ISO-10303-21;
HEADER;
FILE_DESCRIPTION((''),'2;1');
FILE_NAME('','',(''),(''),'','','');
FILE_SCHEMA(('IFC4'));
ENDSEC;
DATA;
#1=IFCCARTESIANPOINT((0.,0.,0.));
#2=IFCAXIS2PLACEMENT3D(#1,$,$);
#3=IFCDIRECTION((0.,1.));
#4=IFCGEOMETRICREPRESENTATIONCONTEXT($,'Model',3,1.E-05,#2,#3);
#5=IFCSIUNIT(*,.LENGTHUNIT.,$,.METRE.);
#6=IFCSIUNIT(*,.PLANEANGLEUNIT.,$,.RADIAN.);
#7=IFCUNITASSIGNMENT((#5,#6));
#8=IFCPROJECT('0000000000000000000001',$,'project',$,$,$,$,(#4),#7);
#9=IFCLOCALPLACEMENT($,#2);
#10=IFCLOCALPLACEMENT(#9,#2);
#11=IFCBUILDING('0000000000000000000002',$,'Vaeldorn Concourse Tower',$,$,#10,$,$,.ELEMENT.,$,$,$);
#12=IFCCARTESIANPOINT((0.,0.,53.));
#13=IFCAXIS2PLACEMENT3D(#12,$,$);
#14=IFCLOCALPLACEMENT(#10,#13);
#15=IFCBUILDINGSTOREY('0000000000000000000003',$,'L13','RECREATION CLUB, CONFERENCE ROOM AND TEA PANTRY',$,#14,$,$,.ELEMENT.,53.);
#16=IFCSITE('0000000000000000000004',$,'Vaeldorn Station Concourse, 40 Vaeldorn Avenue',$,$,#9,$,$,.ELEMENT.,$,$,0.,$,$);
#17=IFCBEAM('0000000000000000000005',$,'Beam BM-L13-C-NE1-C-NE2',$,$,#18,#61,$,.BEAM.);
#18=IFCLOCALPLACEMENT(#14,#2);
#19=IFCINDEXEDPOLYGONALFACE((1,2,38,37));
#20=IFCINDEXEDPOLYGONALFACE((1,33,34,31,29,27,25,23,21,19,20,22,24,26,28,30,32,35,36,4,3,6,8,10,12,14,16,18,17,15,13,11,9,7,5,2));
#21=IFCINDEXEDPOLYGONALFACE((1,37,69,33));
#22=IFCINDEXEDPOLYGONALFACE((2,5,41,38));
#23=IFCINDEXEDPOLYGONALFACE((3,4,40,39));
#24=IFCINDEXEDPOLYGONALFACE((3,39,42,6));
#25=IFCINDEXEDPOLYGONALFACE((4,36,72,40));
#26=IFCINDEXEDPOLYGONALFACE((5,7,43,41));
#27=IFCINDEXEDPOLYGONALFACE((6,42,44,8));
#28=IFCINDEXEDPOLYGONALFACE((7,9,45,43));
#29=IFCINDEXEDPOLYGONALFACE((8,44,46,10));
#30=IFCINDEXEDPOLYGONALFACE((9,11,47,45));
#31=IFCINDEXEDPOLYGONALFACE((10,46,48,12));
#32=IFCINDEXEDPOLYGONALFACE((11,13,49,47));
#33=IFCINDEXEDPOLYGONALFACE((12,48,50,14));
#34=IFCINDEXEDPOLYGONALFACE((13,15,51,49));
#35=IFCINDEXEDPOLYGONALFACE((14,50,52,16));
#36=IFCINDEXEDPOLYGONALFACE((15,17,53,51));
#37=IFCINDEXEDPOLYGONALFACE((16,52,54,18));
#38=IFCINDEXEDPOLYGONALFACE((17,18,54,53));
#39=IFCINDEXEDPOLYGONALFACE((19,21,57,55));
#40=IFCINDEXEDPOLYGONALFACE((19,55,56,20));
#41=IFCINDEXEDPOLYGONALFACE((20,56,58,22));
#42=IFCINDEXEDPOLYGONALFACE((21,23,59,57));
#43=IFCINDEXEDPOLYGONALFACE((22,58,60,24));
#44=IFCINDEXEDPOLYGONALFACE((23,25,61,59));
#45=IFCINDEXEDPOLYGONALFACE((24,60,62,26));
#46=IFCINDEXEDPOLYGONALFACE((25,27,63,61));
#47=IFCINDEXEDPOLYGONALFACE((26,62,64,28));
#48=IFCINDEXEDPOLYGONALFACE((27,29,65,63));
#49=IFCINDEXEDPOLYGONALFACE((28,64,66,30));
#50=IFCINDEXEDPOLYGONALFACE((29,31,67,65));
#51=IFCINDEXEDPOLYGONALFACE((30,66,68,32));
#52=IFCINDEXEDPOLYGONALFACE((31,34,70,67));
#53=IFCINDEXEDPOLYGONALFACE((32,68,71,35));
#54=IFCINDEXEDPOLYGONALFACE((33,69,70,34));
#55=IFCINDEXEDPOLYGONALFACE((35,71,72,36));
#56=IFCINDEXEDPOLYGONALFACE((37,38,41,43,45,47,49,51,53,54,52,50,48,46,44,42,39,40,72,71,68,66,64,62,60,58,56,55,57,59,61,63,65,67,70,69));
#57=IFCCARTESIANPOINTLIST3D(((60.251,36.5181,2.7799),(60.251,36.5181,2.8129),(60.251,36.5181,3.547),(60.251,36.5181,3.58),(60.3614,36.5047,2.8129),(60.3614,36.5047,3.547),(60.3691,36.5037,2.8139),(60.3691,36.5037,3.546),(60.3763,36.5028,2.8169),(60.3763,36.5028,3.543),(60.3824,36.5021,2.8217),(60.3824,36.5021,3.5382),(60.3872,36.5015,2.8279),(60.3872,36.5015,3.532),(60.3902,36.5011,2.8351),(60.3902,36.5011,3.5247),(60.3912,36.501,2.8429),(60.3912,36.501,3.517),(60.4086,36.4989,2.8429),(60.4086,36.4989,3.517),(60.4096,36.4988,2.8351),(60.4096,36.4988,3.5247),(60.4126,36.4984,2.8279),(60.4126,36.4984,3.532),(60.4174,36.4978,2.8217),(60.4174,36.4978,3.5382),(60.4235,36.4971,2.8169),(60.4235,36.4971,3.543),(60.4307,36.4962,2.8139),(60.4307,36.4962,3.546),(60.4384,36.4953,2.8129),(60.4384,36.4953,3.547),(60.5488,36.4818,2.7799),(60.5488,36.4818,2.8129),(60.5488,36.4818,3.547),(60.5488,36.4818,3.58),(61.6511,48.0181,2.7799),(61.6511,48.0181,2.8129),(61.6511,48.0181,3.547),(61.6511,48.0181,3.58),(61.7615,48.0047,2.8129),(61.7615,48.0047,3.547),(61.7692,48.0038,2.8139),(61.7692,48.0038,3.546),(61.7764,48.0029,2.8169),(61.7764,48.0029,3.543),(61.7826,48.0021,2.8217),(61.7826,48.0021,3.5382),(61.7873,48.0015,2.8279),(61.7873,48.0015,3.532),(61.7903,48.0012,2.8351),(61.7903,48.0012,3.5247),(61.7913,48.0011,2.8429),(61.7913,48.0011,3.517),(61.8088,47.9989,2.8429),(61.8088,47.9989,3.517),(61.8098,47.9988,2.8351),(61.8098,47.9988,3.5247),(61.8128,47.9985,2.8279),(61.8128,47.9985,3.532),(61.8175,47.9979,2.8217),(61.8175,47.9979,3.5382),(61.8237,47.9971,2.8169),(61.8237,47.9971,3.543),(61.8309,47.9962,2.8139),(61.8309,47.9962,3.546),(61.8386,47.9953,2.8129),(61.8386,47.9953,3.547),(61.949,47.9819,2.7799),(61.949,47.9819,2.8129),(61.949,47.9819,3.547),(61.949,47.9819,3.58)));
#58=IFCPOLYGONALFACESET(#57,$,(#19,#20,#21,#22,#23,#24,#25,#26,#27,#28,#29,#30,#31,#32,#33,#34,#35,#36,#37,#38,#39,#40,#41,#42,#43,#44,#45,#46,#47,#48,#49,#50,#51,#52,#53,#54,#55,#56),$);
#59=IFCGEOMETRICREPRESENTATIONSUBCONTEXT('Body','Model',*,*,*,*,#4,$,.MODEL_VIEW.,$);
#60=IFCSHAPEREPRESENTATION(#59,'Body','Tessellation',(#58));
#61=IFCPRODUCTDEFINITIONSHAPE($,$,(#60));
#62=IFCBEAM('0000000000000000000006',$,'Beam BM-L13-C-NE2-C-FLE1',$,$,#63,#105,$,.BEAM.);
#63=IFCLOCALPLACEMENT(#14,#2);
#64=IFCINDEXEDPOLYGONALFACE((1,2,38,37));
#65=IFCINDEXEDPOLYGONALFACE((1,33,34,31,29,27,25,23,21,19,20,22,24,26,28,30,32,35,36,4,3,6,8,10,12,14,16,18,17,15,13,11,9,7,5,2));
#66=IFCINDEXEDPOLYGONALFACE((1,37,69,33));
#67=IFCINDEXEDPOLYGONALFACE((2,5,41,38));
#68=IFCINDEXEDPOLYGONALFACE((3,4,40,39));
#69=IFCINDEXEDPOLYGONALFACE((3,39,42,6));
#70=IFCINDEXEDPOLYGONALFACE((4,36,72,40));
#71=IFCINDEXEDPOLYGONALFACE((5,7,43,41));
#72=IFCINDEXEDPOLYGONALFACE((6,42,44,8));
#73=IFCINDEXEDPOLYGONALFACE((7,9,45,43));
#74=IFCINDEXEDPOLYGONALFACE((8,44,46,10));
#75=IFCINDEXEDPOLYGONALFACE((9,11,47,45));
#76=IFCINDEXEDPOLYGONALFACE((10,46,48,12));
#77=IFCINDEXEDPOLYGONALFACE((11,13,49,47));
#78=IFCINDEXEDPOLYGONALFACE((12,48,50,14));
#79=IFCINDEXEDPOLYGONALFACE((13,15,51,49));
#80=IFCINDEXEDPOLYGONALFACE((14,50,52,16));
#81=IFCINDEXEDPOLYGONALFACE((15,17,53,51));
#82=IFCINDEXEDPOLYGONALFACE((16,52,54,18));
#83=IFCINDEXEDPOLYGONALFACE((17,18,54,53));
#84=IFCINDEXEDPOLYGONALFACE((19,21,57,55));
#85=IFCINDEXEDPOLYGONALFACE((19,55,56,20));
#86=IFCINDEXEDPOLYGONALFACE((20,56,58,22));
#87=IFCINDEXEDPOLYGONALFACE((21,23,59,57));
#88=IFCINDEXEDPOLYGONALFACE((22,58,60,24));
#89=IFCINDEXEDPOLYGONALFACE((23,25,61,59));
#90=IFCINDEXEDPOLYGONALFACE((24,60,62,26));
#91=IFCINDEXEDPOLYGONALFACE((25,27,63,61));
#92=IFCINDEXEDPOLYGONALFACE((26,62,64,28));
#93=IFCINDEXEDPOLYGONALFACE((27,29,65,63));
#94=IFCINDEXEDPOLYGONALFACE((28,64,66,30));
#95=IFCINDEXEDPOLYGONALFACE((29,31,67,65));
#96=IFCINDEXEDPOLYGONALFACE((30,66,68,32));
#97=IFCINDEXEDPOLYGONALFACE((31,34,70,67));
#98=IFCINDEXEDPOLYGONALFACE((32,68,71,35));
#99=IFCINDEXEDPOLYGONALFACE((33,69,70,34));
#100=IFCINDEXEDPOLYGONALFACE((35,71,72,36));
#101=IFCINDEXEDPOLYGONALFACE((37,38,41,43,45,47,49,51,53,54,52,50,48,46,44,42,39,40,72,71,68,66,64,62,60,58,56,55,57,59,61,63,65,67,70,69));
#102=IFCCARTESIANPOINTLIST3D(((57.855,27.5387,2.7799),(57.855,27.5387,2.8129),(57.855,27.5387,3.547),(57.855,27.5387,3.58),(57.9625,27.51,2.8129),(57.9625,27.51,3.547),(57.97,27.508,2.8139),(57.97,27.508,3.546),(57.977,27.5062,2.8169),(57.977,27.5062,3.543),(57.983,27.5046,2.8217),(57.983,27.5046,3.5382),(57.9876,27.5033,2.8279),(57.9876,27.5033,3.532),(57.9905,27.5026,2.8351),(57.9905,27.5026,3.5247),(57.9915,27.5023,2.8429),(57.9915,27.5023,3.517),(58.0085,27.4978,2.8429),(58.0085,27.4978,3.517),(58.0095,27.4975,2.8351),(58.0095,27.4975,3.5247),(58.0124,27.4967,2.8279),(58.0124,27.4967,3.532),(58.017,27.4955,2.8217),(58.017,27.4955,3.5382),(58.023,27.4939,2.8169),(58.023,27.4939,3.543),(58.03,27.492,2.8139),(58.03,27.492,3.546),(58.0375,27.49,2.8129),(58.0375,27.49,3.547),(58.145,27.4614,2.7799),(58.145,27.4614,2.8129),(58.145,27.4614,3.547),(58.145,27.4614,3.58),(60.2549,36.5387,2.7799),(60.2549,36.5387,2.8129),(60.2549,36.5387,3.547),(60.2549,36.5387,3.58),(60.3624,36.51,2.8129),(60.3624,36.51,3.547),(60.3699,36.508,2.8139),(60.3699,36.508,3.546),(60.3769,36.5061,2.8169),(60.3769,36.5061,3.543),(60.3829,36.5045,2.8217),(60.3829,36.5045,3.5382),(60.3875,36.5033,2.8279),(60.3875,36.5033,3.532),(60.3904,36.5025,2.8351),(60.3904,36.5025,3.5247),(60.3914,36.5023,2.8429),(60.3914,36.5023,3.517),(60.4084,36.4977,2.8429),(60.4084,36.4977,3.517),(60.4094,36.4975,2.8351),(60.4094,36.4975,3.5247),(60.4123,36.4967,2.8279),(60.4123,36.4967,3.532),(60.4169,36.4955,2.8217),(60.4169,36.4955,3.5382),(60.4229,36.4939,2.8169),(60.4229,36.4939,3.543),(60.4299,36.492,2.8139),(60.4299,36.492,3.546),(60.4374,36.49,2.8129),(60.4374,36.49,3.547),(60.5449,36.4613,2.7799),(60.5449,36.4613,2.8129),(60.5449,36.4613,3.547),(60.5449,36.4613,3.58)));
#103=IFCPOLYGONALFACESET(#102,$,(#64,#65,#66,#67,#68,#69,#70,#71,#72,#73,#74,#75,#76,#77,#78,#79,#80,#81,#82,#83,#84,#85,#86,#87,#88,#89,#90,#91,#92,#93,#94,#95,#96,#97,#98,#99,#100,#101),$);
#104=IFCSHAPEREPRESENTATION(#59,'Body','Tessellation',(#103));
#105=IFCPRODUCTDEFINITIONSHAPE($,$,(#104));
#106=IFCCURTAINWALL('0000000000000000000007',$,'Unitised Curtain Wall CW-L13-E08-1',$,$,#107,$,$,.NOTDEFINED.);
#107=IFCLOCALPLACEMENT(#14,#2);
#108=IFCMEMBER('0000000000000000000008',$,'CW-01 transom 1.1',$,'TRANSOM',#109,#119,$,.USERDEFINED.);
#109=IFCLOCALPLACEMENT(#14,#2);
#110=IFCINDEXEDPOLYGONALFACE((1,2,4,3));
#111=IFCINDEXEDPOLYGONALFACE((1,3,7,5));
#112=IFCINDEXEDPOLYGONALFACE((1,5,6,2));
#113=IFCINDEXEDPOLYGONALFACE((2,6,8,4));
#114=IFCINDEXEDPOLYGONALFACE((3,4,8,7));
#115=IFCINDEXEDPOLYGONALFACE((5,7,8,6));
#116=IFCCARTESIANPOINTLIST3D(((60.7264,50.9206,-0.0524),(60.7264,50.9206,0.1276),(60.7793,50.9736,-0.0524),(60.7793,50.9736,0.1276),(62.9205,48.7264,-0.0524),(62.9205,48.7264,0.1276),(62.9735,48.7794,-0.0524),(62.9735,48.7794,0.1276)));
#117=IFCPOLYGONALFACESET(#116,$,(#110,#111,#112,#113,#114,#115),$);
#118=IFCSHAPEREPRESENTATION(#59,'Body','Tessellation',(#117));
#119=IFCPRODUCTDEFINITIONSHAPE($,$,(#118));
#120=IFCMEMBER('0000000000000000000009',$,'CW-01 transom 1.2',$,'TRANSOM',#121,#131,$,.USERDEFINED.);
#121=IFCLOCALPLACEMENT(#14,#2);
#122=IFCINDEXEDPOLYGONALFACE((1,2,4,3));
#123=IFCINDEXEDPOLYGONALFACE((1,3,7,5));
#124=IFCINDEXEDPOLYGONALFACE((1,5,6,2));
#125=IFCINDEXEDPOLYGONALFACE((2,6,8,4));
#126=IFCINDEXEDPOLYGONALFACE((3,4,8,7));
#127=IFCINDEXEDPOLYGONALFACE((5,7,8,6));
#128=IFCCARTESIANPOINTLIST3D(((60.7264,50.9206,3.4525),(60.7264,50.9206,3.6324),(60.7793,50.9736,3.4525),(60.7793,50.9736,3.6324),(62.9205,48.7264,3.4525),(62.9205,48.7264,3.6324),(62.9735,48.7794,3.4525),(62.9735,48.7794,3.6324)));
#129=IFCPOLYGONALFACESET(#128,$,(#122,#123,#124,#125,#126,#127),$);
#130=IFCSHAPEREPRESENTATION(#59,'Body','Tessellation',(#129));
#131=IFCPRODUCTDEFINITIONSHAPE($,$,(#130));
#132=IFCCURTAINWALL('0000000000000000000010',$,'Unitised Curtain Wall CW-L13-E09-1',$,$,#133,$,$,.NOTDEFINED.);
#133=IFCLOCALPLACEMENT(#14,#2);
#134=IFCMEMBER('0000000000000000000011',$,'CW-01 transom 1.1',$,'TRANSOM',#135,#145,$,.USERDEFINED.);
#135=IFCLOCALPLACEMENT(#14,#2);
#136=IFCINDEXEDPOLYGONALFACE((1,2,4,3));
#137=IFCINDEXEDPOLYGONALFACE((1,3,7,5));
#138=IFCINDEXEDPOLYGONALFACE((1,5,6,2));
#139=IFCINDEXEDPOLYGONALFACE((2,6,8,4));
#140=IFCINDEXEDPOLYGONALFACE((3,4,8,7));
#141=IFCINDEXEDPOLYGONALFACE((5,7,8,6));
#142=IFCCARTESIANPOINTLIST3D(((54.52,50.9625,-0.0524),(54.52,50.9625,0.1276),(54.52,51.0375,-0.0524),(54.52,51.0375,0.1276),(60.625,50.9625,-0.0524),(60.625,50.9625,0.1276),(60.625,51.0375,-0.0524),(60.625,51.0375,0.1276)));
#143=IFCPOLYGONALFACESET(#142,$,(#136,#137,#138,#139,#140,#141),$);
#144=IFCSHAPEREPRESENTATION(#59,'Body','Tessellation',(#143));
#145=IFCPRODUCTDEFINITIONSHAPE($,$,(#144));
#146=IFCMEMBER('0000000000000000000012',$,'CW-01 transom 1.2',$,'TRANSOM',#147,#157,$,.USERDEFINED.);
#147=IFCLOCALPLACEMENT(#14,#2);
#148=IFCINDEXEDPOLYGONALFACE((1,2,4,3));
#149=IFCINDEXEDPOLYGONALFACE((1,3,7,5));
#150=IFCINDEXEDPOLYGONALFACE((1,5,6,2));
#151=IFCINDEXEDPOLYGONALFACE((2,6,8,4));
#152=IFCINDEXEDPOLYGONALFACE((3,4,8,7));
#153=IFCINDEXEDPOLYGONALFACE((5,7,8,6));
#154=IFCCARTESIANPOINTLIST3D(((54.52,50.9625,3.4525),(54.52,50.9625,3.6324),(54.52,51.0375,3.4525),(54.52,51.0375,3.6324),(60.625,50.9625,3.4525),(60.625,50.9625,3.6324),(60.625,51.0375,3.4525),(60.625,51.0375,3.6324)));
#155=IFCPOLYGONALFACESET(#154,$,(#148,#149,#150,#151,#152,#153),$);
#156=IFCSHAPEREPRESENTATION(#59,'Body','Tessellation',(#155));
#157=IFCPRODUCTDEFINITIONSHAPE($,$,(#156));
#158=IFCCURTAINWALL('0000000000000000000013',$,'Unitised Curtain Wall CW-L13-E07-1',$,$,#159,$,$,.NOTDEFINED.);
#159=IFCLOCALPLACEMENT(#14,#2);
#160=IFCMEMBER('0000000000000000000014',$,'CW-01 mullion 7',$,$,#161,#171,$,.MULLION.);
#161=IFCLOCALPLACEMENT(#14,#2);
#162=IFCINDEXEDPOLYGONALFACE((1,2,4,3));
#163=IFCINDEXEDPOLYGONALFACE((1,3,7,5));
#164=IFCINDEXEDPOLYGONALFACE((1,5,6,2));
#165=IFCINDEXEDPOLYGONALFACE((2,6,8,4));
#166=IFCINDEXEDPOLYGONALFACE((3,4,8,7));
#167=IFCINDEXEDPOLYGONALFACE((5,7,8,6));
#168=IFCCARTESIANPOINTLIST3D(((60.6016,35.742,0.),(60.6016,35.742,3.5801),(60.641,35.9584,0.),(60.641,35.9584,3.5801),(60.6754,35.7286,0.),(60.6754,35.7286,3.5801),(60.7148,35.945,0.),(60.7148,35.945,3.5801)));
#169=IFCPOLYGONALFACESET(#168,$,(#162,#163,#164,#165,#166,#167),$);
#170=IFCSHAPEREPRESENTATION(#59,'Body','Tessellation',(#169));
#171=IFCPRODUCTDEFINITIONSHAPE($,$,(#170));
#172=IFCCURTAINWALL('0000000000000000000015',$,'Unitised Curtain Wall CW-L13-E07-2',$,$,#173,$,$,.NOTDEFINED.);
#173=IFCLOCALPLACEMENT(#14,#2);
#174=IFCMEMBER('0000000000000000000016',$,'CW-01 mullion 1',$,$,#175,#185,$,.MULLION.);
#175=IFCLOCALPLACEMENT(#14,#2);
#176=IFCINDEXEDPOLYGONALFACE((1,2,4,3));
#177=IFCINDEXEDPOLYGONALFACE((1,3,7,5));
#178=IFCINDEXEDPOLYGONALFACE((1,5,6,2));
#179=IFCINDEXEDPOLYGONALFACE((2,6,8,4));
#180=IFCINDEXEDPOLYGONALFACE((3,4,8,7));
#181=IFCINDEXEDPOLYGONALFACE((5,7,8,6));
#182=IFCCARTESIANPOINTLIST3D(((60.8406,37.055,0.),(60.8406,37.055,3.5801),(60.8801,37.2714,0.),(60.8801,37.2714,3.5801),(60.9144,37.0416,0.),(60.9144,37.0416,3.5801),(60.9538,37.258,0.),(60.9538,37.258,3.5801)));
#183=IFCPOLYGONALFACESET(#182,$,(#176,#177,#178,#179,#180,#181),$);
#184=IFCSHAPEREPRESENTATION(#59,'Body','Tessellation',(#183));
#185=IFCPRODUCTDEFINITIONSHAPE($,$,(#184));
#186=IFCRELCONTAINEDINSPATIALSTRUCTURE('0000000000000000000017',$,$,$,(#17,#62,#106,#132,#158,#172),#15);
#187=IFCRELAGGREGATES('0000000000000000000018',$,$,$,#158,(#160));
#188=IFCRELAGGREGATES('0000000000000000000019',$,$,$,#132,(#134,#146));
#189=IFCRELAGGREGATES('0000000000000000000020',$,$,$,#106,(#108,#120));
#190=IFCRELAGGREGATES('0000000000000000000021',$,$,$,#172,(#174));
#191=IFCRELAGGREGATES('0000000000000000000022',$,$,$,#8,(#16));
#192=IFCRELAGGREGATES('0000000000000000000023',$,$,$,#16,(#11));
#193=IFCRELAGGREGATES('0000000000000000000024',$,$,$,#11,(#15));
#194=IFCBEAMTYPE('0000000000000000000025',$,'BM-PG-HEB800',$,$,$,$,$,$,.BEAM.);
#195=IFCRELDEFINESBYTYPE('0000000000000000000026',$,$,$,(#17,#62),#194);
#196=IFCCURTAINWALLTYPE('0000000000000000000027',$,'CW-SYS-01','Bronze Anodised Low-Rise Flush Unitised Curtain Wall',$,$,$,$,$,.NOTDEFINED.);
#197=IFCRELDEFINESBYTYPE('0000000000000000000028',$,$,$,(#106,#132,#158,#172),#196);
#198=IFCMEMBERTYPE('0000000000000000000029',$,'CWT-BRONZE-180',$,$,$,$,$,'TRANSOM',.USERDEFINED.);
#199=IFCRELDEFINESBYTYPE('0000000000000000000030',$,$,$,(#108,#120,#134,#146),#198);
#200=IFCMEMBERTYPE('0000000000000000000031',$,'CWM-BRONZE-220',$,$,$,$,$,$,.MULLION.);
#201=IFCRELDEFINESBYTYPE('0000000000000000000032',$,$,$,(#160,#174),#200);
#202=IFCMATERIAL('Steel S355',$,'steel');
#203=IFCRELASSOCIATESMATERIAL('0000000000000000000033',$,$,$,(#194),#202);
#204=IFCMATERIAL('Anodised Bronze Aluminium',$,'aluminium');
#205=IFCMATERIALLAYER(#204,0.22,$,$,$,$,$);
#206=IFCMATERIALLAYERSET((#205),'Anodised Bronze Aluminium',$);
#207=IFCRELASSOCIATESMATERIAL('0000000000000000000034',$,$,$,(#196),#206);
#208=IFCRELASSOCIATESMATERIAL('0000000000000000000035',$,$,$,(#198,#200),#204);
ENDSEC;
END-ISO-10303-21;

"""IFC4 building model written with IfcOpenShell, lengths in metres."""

from ifc_helpers import new_model, si_unit, direction, frame, origin, origin_2d, place, context, subcontext, project, spatial, rectangle, i_section, extrude, source, transform, mapped, material, layer, layer_set, material_profile, profile_set, type_object, element, aggregate, save


model = new_model("IFC4")

# Units and contexts
model_context = context("Model", 3, precision=1e-05, world=origin(), true_north=direction((0.0, 1.0)))
body_context = subcontext(model_context, "Body", "Model", "MODEL_VIEW")
ifc_project = project(units=[si_unit("LENGTHUNIT", "METRE"), si_unit("PLANEANGLEUNIT", "RADIAN")], contexts=[model_context])

# Site, building, storey
site_placement = place(None, origin())
site = spatial("IfcSite", under=ifc_project, at=site_placement, Name="Vaeldorn Station Concourse, 40 Vaeldorn Avenue", CompositionType="ELEMENT", RefElevation=0.0)
building_placement = place(site_placement, origin())
building = spatial("IfcBuilding", under=site, at=building_placement, Name="Vaeldorn Concourse Tower", CompositionType="ELEMENT")
storey_placement = place(building_placement, frame((0.0, 0.0, 53.0)))
storey = spatial("IfcBuildingStorey", under=building, at=storey_placement, Name="L13", Description="RECREATION CLUB, CONFERENCE ROOM AND TEA PANTRY", CompositionType="ELEMENT", Elevation=53.0)

# Beams
ifc_material_1 = material(Name="Steel S355", Category="steel")
ifc_material_profile_1 = material_profile(ifc_material_1, i_section(OverallWidth=0.3, OverallDepth=0.8, WebThickness=0.0176, FlangeThickness=0.033, FilletRadius=0.03, at=origin_2d()), Name="HEB 800")
ifc_profile_set_1 = profile_set([ifc_material_profile_1], Name="Steel S355")
beam_type = type_object("IfcBeamType", Name="BM-PG-HEB800", PredefinedType="BEAM", material=ifc_profile_set_1)
shared_shape_1 = source(origin(), body_context, "Body", "SweptSolid", [
    extrude(i_section(OverallWidth=0.3, OverallDepth=0.8, WebThickness=0.0176, FlangeThickness=0.033, FilletRadius=0.03, at=origin_2d()), origin(), (0.0, 0.0, 1.0), 11.585),
])
beam_1_placement = place(storey_placement, frame((61.8, 48.0, 3.1799), z_axis=(-0.120859, -0.99267, 0.0), x_axis=(0.99267, -0.120859, 0.0)))
element("IfcBeam", 1, at=beam_1_placement, inside=storey, type_object=beam_type, Name="Beam BM-L13-C-NE1-C-NE2", PredefinedType="BEAM", context=body_context, shape_type="MappedRepresentation", body=[
    mapped(shared_shape_1, transform((0.0, 0.0, 0.0), scale=1.0)),
])
shared_shape_2 = source(origin(), body_context, "Body", "SweptSolid", [
    extrude(i_section(OverallWidth=0.3, OverallDepth=0.8, WebThickness=0.0176, FlangeThickness=0.033, FilletRadius=0.03, at=origin_2d()), origin(), (0.0, 0.0, 1.0), 9.3145),
])
beam_2_placement = place(storey_placement, frame((60.3999, 36.5, 3.1799), z_axis=(-0.257653, -0.966238, 0.0), x_axis=(0.966238, -0.257653, 0.0)))
element("IfcBeam", 2, at=beam_2_placement, inside=storey, type_object=beam_type, Name="Beam BM-L13-C-NE2-C-FLE1", PredefinedType="BEAM", context=body_context, shape_type="MappedRepresentation", body=[
    mapped(shared_shape_2, transform((0.0, 0.0, 0.0), scale=1.0)),
])

# Curtain walls, members
ifc_material_2 = material(Name="Anodised Bronze Aluminium", Category="aluminium")
ifc_layer_1 = layer(ifc_material_2, 0.22)
ifc_layer_set_1 = layer_set([ifc_layer_1], Name="Anodised Bronze Aluminium")
curtain_wall_type = type_object("IfcCurtainWallType", Name="CW-SYS-01", Description="Bronze Anodised Low-Rise Flush Unitised Curtain Wall", PredefinedType="NOTDEFINED", material=ifc_layer_set_1)
curtain_wall_1_placement = place(storey_placement, origin())
curtain_wall_1 = element("IfcCurtainWall", 3, at=curtain_wall_1_placement, inside=storey, type_object=curtain_wall_type, Name="Unitised Curtain Wall CW-L13-E08-1", PredefinedType="NOTDEFINED")
ifc_material_profile_2 = material_profile(ifc_material_2, rectangle(XDim=0.075, YDim=0.1799, at=origin_2d()), Name="CWT 75x180")
ifc_profile_set_2 = profile_set([ifc_material_profile_2], Name="Anodised Bronze Aluminium")
member_type_1 = type_object("IfcMemberType", Name="CWT-BRONZE-180", ElementType="TRANSOM", PredefinedType="USERDEFINED", material=ifc_profile_set_2)
shared_shape_3 = source(origin(), body_context, "Body", "SweptSolid", [
    extrude(rectangle(XDim=0.075, YDim=0.1799, at=origin_2d()), origin(), (0.0, 0.0, 1.0), 3.103),
])
member_1_placement = place(storey_placement, frame((62.947, 48.7529, 0.0376), z_axis=(-0.707107, 0.707107, 0.0), x_axis=(-0.707107, -0.707107, 0.0)))
member_1 = element("IfcMember", 4, at=member_1_placement, type_object=member_type_1, Name="CW-01 transom 1.1", ObjectType="TRANSOM", PredefinedType="USERDEFINED", context=body_context, shape_type="MappedRepresentation", body=[
    mapped(shared_shape_3, transform((0.0, 0.0, 0.0), scale=1.0)),
])
member_2_placement = place(storey_placement, frame((62.947, 48.7529, 3.5425), z_axis=(-0.707107, 0.707107, 0.0), x_axis=(-0.707107, -0.707107, 0.0)))
member_2 = element("IfcMember", 5, at=member_2_placement, type_object=member_type_1, Name="CW-01 transom 1.2", ObjectType="TRANSOM", PredefinedType="USERDEFINED", context=body_context, shape_type="MappedRepresentation", body=[
    mapped(shared_shape_3, transform((0.0, 0.0, 0.0), scale=1.0)),
])
curtain_wall_2_placement = place(storey_placement, origin())
curtain_wall_2 = element("IfcCurtainWall", 6, at=curtain_wall_2_placement, inside=storey, type_object=curtain_wall_type, Name="Unitised Curtain Wall CW-L13-E09-1", PredefinedType="NOTDEFINED")
shared_shape_4 = source(origin(), body_context, "Body", "SweptSolid", [
    extrude(rectangle(XDim=0.075, YDim=0.1799, at=origin_2d()), origin(), (0.0, 0.0, 1.0), 6.105),
])
member_3_placement = place(storey_placement, frame((60.625, 51.0, 0.0376), z_axis=(-1.0, 0.0, 0.0), x_axis=(0.0, -1.0, 0.0)))
member_3 = element("IfcMember", 7, at=member_3_placement, type_object=member_type_1, Name="CW-01 transom 1.1", ObjectType="TRANSOM", PredefinedType="USERDEFINED", context=body_context, shape_type="MappedRepresentation", body=[
    mapped(shared_shape_4, transform((0.0, 0.0, 0.0), scale=1.0)),
])
member_4_placement = place(storey_placement, frame((60.625, 51.0, 3.5425), z_axis=(-1.0, 0.0, 0.0), x_axis=(0.0, -1.0, 0.0)))
member_4 = element("IfcMember", 8, at=member_4_placement, type_object=member_type_1, Name="CW-01 transom 1.2", ObjectType="TRANSOM", PredefinedType="USERDEFINED", context=body_context, shape_type="MappedRepresentation", body=[
    mapped(shared_shape_4, transform((0.0, 0.0, 0.0), scale=1.0)),
])

# Curtain wall, member
curtain_wall_3_placement = place(storey_placement, origin())
curtain_wall_3 = element("IfcCurtainWall", 9, at=curtain_wall_3_placement, inside=storey, type_object=curtain_wall_type, Name="Unitised Curtain Wall CW-L13-E07-1", PredefinedType="NOTDEFINED")
ifc_material_profile_3 = material_profile(ifc_material_2, rectangle(XDim=0.075, YDim=0.22, at=origin_2d()), Name="CWM 75x220")
ifc_profile_set_3 = profile_set([ifc_material_profile_3], Name="Anodised Bronze Aluminium")
member_type_2 = type_object("IfcMemberType", Name="CWM-BRONZE-220", PredefinedType="MULLION", material=ifc_profile_set_3)
shared_shape_5 = source(origin(), body_context, "Body", "SweptSolid", [
    extrude(rectangle(XDim=0.075, YDim=0.22, at=origin_2d()), origin(), (0.0, 0.0, 1.0), 3.5801),
])
member_5_placement = place(storey_placement, frame((60.6582, 35.8435, 0.0), z_axis=(0.0, 0.0, 1.0), x_axis=(-0.983812, 0.179206, 0.0)))
member_5 = element("IfcMember", 10, at=member_5_placement, type_object=member_type_2, Name="CW-01 mullion 7", PredefinedType="MULLION", context=body_context, shape_type="MappedRepresentation", body=[
    mapped(shared_shape_5, transform((0.0, 0.0, 0.0), scale=1.0)),
])
aggregate(curtain_wall_3, [member_5])

# Curtain wall, member
curtain_wall_4_placement = place(storey_placement, origin())
curtain_wall_4 = element("IfcCurtainWall", 11, at=curtain_wall_4_placement, inside=storey, type_object=curtain_wall_type, Name="Unitised Curtain Wall CW-L13-E07-2", PredefinedType="NOTDEFINED")
member_6_placement = place(storey_placement, frame((60.8972, 37.1565, 0.0), z_axis=(0.0, 0.0, 1.0), x_axis=(-0.983812, 0.179202, 0.0)))
member_6 = element("IfcMember", 12, at=member_6_placement, type_object=member_type_2, Name="CW-01 mullion 1", PredefinedType="MULLION", context=body_context, shape_type="MappedRepresentation", body=[
    mapped(shared_shape_5, transform((0.0, 0.0, 0.0), scale=1.0)),
])

aggregate(curtain_wall_2, [member_3, member_4])

aggregate(curtain_wall_1, [member_1, member_2])
aggregate(curtain_wall_4, [member_6])

save(model, "model.ifc")
